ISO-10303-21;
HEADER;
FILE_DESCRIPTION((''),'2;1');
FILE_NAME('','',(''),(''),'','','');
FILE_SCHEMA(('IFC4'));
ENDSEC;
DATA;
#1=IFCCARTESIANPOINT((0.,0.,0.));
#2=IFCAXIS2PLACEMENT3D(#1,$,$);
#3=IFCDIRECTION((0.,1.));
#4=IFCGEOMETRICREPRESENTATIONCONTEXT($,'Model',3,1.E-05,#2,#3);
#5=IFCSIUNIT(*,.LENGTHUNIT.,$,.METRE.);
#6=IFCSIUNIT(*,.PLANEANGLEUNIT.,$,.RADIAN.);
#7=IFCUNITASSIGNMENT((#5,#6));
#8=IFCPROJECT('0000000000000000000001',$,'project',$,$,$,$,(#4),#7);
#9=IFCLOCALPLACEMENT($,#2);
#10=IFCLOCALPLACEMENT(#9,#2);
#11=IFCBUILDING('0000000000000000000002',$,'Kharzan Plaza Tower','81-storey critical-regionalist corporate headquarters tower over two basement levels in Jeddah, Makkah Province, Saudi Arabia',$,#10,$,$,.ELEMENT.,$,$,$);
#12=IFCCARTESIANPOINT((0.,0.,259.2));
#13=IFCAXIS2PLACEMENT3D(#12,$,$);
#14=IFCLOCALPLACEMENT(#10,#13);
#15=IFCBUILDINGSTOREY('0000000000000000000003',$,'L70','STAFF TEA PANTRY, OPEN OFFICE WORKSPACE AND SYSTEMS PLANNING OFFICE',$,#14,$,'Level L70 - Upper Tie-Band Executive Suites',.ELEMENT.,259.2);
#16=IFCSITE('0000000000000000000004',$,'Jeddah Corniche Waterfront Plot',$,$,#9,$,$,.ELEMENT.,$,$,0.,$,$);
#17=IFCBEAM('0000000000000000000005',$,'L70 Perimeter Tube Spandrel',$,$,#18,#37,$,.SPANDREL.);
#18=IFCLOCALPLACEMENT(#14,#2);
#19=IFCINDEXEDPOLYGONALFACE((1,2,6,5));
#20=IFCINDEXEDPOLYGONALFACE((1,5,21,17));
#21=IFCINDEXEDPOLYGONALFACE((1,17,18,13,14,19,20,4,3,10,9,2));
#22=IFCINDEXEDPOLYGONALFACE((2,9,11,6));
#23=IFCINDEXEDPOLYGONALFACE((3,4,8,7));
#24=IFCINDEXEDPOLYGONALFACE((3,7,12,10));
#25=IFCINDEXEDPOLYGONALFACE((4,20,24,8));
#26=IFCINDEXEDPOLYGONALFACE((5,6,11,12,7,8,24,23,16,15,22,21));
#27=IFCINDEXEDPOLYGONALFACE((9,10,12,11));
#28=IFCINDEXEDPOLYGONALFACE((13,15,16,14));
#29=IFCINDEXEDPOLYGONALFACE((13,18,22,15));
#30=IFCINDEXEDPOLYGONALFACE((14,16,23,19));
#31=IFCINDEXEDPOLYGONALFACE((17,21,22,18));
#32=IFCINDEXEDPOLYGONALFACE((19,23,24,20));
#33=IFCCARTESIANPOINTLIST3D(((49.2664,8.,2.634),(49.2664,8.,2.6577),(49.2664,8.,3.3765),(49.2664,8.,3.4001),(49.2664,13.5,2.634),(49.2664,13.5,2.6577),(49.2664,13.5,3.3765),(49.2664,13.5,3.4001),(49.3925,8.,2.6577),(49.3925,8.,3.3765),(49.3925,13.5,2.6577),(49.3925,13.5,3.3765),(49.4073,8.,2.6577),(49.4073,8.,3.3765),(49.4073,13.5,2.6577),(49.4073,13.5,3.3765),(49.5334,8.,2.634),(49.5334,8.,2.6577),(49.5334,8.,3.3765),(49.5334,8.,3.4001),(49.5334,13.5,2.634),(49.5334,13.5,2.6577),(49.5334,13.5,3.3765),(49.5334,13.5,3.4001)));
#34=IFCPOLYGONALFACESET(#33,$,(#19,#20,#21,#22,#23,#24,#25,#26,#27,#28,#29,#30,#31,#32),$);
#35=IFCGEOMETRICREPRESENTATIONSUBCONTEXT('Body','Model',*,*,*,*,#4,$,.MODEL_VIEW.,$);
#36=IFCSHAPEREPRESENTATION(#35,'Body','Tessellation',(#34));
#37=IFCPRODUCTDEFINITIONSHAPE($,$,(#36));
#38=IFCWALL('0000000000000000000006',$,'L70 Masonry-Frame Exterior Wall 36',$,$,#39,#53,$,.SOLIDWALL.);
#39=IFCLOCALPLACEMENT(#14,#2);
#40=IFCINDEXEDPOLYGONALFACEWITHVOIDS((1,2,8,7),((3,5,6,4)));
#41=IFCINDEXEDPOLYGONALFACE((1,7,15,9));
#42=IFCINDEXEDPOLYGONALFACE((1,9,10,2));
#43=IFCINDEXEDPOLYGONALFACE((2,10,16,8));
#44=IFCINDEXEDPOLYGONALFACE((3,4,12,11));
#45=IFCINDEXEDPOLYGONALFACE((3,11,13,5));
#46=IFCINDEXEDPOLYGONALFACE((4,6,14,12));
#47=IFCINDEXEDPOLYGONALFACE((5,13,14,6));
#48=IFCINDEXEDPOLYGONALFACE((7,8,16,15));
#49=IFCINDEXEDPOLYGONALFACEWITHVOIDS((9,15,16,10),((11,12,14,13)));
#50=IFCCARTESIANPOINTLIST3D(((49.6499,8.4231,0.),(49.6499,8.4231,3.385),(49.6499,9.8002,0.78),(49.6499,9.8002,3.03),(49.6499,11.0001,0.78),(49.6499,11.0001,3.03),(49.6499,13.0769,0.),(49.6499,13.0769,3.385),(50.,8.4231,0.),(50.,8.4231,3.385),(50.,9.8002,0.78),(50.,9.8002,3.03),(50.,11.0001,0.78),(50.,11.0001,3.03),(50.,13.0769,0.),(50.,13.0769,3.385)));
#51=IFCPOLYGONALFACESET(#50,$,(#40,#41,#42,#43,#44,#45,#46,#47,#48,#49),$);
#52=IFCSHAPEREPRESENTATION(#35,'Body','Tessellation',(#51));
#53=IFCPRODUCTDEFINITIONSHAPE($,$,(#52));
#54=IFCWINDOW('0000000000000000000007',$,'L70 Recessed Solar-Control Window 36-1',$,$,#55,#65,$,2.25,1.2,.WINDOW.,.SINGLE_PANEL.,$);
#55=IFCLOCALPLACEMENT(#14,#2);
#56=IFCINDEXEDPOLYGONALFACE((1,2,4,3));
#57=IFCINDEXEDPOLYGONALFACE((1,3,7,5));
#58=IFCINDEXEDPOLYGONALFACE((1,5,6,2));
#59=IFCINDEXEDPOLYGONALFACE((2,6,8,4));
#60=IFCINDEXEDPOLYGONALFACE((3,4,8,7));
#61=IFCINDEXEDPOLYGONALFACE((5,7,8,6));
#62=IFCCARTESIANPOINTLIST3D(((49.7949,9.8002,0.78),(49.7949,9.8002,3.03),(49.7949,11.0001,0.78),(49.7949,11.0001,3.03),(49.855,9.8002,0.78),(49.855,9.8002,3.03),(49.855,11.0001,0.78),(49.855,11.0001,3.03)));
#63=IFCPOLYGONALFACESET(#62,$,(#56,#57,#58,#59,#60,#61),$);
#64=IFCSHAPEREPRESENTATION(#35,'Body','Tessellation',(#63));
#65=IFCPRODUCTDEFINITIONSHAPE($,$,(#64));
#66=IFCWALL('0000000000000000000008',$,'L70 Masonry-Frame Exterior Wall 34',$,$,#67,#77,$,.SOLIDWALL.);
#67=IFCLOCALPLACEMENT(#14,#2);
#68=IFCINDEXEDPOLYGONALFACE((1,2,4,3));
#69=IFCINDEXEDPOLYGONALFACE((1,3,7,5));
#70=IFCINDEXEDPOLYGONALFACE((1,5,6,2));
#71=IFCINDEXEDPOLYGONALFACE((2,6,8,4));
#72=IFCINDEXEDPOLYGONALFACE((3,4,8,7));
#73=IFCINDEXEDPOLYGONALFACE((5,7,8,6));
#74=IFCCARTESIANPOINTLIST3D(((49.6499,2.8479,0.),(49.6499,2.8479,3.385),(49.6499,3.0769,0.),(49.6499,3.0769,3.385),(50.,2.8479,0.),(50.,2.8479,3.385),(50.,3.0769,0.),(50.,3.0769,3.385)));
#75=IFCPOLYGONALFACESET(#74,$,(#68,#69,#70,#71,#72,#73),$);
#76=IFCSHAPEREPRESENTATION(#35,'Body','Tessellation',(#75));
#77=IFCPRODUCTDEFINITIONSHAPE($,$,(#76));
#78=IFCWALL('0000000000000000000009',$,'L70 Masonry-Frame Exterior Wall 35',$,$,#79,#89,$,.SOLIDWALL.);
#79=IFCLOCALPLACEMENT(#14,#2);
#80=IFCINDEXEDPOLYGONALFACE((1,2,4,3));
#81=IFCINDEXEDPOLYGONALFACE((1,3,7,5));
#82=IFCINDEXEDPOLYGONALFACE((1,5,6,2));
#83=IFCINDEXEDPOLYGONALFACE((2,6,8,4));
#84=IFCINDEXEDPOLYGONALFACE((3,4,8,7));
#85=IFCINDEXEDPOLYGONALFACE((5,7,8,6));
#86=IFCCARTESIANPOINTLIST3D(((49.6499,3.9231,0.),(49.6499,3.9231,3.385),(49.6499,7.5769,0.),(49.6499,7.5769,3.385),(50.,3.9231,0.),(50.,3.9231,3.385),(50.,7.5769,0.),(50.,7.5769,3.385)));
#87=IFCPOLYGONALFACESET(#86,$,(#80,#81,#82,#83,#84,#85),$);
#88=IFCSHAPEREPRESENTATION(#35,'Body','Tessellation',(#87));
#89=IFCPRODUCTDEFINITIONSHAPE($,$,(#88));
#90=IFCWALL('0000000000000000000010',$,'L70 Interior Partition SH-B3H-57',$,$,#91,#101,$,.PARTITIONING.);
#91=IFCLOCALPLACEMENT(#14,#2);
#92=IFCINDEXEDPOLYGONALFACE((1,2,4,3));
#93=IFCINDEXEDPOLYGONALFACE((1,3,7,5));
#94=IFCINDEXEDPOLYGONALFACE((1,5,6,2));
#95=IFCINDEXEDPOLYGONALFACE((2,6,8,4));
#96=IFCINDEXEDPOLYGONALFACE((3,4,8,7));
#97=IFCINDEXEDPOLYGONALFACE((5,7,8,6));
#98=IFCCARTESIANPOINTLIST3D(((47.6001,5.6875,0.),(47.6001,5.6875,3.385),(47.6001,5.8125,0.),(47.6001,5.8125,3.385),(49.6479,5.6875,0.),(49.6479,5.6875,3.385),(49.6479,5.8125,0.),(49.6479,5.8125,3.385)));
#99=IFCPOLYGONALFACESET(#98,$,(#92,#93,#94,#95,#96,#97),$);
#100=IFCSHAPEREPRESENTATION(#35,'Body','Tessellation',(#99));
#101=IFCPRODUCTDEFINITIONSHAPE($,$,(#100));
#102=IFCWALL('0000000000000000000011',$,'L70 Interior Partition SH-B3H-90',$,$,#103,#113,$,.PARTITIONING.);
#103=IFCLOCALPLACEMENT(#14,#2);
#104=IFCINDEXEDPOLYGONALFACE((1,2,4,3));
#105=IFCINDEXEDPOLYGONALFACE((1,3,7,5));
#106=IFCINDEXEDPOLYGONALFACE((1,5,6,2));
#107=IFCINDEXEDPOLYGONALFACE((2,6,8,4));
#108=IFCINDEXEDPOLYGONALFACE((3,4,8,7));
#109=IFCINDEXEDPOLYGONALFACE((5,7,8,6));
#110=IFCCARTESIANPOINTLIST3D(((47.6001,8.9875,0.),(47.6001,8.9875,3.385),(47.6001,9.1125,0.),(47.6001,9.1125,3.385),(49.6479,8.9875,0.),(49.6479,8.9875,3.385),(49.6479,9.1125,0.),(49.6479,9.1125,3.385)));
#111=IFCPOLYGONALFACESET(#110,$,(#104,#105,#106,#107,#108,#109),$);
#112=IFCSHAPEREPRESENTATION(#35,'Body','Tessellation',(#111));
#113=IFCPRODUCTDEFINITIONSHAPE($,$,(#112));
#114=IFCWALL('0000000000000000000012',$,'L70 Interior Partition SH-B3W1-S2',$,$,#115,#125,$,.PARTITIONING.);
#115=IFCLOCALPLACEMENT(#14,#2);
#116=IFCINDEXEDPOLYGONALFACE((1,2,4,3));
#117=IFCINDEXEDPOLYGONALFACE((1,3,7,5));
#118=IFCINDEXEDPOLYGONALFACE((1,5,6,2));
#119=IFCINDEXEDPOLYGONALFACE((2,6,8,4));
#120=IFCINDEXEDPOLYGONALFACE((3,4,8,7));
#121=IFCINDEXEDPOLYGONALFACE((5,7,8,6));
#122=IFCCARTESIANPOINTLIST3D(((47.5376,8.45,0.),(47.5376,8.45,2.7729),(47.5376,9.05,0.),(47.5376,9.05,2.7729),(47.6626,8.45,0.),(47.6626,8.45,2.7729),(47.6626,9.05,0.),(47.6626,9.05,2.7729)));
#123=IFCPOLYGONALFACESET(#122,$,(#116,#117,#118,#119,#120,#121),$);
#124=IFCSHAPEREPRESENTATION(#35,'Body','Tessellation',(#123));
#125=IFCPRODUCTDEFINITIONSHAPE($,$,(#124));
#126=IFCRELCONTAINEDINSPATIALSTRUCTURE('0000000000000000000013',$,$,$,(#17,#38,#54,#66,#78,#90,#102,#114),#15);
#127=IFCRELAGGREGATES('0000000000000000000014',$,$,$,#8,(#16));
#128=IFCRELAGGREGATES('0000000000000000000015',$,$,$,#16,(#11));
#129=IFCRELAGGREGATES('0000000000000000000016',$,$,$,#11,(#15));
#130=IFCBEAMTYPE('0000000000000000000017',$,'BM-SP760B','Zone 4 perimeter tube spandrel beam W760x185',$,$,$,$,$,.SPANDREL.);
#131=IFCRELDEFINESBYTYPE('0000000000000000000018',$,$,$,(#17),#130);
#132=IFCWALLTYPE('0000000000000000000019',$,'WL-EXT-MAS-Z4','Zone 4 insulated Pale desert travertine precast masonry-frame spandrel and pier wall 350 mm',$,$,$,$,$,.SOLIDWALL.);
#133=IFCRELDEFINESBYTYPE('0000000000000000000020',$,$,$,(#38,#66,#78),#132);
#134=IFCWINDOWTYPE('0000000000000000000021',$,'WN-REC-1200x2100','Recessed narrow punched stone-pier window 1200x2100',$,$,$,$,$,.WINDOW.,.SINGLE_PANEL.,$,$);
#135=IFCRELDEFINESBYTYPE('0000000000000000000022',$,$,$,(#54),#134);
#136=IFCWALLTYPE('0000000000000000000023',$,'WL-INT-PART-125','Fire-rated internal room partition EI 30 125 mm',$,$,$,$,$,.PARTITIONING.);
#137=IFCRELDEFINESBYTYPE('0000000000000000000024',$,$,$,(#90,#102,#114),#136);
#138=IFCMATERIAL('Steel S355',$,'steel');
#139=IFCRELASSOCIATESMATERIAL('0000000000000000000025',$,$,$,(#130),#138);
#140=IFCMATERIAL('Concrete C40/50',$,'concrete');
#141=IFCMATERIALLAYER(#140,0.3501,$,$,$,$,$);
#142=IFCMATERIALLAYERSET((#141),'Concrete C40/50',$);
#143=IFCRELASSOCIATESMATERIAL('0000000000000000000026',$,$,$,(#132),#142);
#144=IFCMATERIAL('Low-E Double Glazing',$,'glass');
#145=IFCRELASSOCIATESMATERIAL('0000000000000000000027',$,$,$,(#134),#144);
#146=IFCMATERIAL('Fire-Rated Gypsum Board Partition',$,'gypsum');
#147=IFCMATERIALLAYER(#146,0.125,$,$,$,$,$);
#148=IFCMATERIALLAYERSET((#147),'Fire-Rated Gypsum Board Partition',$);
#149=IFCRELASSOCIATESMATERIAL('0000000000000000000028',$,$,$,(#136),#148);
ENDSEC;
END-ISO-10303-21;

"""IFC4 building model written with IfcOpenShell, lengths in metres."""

from ifc_helpers import new_model, si_unit, direction, frame, frame_2d, origin, origin_2d, place, context, subcontext, project, spatial, rectangle, i_section, extrude, source, transform, mapped, material, layer, layer_set, material_profile, profile_set, type_object, element, fill, save


model = new_model("IFC4")

# Units and contexts
model_context = context("Model", 3, precision=1e-05, world=origin(), true_north=direction((0.0, 1.0)))
body_context = subcontext(model_context, "Body", "Model", "MODEL_VIEW")
ifc_project = project(units=[si_unit("LENGTHUNIT", "METRE"), si_unit("PLANEANGLEUNIT", "RADIAN")], contexts=[model_context])

# Site, building, storey
site_placement = place(None, origin())
site = spatial("IfcSite", under=ifc_project, at=site_placement, Name="Jeddah Corniche Waterfront Plot", CompositionType="ELEMENT", RefElevation=0.0)
building_placement = place(site_placement, origin())
building = spatial("IfcBuilding", under=site, at=building_placement, Name="Kharzan Plaza Tower", Description="81-storey critical-regionalist corporate headquarters tower over two basement levels in Jeddah, Makkah Province, Saudi Arabia", CompositionType="ELEMENT")
storey_placement = place(building_placement, frame((0.0, 0.0, 259.2)))
storey = spatial("IfcBuildingStorey", under=building, at=storey_placement, Name="L70", Description="STAFF TEA PANTRY, OPEN OFFICE WORKSPACE AND SYSTEMS PLANNING OFFICE", LongName="Level L70 - Upper Tie-Band Executive Suites", CompositionType="ELEMENT", Elevation=259.2)

# Beam
ifc_material_1 = material(Name="Steel S355", Category="steel")
ifc_material_profile_1 = material_profile(ifc_material_1, i_section(OverallWidth=0.2671, OverallDepth=0.7661, WebThickness=0.0149, FlangeThickness=0.0237, at=origin_2d()), Name="W760x185")
ifc_profile_set_1 = profile_set([ifc_material_profile_1], Name="Steel S355")
beam_type_1 = type_object("IfcBeamType", Name="BM-SP760B", Description="Zone 4 perimeter tube spandrel beam W760x185", PredefinedType="SPANDREL", material=ifc_profile_set_1)
shared_shape_1 = source(origin(), body_context, "Body", "SweptSolid", [
    extrude(i_section(OverallWidth=0.2671, OverallDepth=0.7661, WebThickness=0.0149, FlangeThickness=0.0237, at=origin_2d()), origin(), (0.0, 0.0, 1.0), 5.5),
])
beam_1_placement = place(storey_placement, frame((49.3999, 8.0, 3.0171), z_axis=(0.0, 1.0, 0.0), x_axis=(-1.0, 0.0, 0.0)))
element("IfcBeam", 1, at=beam_1_placement, inside=storey, type_object=beam_type_1, Name="L70 Perimeter Tube Spandrel", PredefinedType="SPANDREL", context=body_context, shape_type="MappedRepresentation", body=[
    mapped(shared_shape_1, transform((0.0, 0.0, 0.0), x_axis=(1.0, 0.0, 0.0), y_axis=(0.0, 1.0, 0.0), z_axis=(0.0, 0.0, 1.0))),
])

# Wall, opening, window
ifc_material_2 = material(Name="Concrete C40/50", Category="concrete")
ifc_layer_1 = layer(ifc_material_2, 0.3501)
ifc_layer_set_1 = layer_set([ifc_layer_1], Name="Concrete C40/50")
wall_type_1 = type_object("IfcWallType", Name="WL-EXT-MAS-Z4", Description="Zone 4 insulated Pale desert travertine precast masonry-frame spandrel and pier wall 350 mm", PredefinedType="SOLIDWALL", material=ifc_layer_set_1)
wall_1_placement = place(storey_placement, frame((49.825, 8.4231, 0.0), z_axis=(0.0, 0.0, 1.0), x_axis=(0.0, 1.0, 0.0)))
wall_1 = element("IfcWall", 2, at=wall_1_placement, inside=storey, type_object=wall_type_1, Name="L70 Masonry-Frame Exterior Wall 36", PredefinedType="SOLIDWALL", context=body_context, shape_type="SweptSolid", body=[
    extrude(rectangle(XDim=4.6538, YDim=0.3501, at=frame_2d((2.3269, 0.0))), origin(), (0.0, 0.0, 1.0), 3.385),
])
opening_1_placement = place(wall_1_placement, frame((1.377, 0.0, 0.78)))
opening_1 = element("IfcOpeningElement", 3, at=opening_1_placement, cuts=wall_1, PredefinedType="OPENING", context=body_context, shape_type="SweptSolid", body=[
    extrude(rectangle(XDim=1.2, YDim=2.25, at=frame_2d((0.6001, 1.125))), frame((0.0, 0.1851, 0.0), z_axis=(0.0, -1.0, 0.0), x_axis=(1.0, 0.0, 0.0)), (0.0, 0.0, 1.0), 0.3701),
])
ifc_material_3 = material(Name="Low-E Double Glazing", Category="glass")
window_type = type_object("IfcWindowType", Name="WN-REC-1200x2100", Description="Recessed narrow punched stone-pier window 1200x2100", PartitioningType="SINGLE_PANEL", PredefinedType="WINDOW", material=ifc_material_3)
shared_shape_2 = source(origin(), body_context, "Body", "SweptSolid", [
    extrude(rectangle(XDim=1.2, YDim=2.25, at=frame_2d((0.6001, 1.125))), frame((0.0, 0.03, 0.0), z_axis=(0.0, -1.0, 0.0), x_axis=(1.0, 0.0, 0.0)), (0.0, 0.0, 1.0), 0.0601),
])
window_placement = place(opening_1_placement, origin())
window = element("IfcWindow", 4, at=window_placement, inside=storey, type_object=window_type, Name="L70 Recessed Solar-Control Window 36-1", OverallHeight=2.25, OverallWidth=1.2, PartitioningType="SINGLE_PANEL", PredefinedType="WINDOW", context=body_context, shape_type="MappedRepresentation", body=[
    mapped(shared_shape_2, transform((0.0, 0.0, 0.0), x_axis=(1.0, 0.0, 0.0), y_axis=(0.0, 1.0, 0.0), z_axis=(0.0, 0.0, 1.0))),
])
fill(opening_1, window)

# Shared definitions
ifc_material_4 = material(Name="Fire-Rated Gypsum Board Partition", Category="gypsum")
ifc_layer_2 = layer(ifc_material_4, 0.125)
ifc_layer_set_2 = layer_set([ifc_layer_2], Name="Fire-Rated Gypsum Board Partition")
wall_type_2 = type_object("IfcWallType", Name="WL-INT-PART-125", Description="Fire-rated internal room partition EI 30 125 mm", PredefinedType="PARTITIONING", material=ifc_layer_set_2)

# Walls
shared_shape_3 = source(origin(), body_context, "Body", "SweptSolid", [
    extrude(rectangle(XDim=0.229, YDim=0.3501, at=frame_2d((0.1145, 0.0))), origin(), (0.0, 0.0, 1.0), 3.385),
])
wall_2_placement = place(storey_placement, frame((49.825, 2.8479, 0.0), z_axis=(0.0, 0.0, 1.0), x_axis=(0.0, 1.0, 0.0)))
element("IfcWall", 5, at=wall_2_placement, inside=storey, type_object=wall_type_1, Name="L70 Masonry-Frame Exterior Wall 34", PredefinedType="SOLIDWALL", context=body_context, shape_type="MappedRepresentation", body=[
    mapped(shared_shape_3, transform((0.0, 0.0, 0.0), x_axis=(1.0, 0.0, 0.0), y_axis=(0.0, 1.0, 0.0), z_axis=(0.0, 0.0, 1.0))),
])
shared_shape_4 = source(origin(), body_context, "Body", "SweptSolid", [
    extrude(rectangle(XDim=3.6538, YDim=0.3501, at=frame_2d((1.8269, 0.0))), origin(), (0.0, 0.0, 1.0), 3.385),
])
wall_3_placement = place(storey_placement, frame((49.825, 3.9231, 0.0), z_axis=(0.0, 0.0, 1.0), x_axis=(0.0, 1.0, 0.0)))
element("IfcWall", 6, at=wall_3_placement, inside=storey, type_object=wall_type_1, Name="L70 Masonry-Frame Exterior Wall 35", PredefinedType="SOLIDWALL", context=body_context, shape_type="MappedRepresentation", body=[
    mapped(shared_shape_4, transform((0.0, 0.0, 0.0), x_axis=(1.0, 0.0, 0.0), y_axis=(0.0, 1.0, 0.0), z_axis=(0.0, 0.0, 1.0))),
])
shared_shape_5 = source(origin(), body_context, "Body", "SweptSolid", [
    extrude(rectangle(XDim=2.0479, YDim=0.125, at=frame_2d((1.0239, 0.0))), origin(), (0.0, 0.0, 1.0), 3.385),
])
for number, where, z_axis, x_axis, name in (
    (7, (47.6001, 5.75, 0.0), (0.0, 0.0, 1.0), (1.0, 0.0, 0.0), "L70 Interior Partition SH-B3H-57"),
    (8, (47.6001, 9.05, 0.0), (0.0, 0.0, 1.0), (1.0, 0.0, 0.0), "L70 Interior Partition SH-B3H-90"),
):
    element("IfcWall", number, at=place(storey_placement, frame(where, z_axis=z_axis, x_axis=x_axis)), inside=storey, type_object=wall_type_2, Name=name, PredefinedType="PARTITIONING", context=body_context, shape_type="MappedRepresentation", body=[
        mapped(shared_shape_5, transform((0.0, 0.0, 0.0), x_axis=(1.0, 0.0, 0.0), y_axis=(0.0, 1.0, 0.0), z_axis=(0.0, 0.0, 1.0))),
    ])
shared_shape_6 = source(origin(), body_context, "Body", "SweptSolid", [
    extrude(rectangle(XDim=0.6001, YDim=0.125, at=frame_2d((0.3, 0.0))), origin(), (0.0, 0.0, 1.0), 2.7729),
])
wall_4_placement = place(storey_placement, frame((47.6001, 8.45, 0.0), z_axis=(0.0, 0.0, 1.0), x_axis=(0.0, 1.0, 0.0)))
element("IfcWall", 9, at=wall_4_placement, inside=storey, type_object=wall_type_2, Name="L70 Interior Partition SH-B3W1-S2", PredefinedType="PARTITIONING", context=body_context, shape_type="MappedRepresentation", body=[
    mapped(shared_shape_6, transform((0.0, 0.0, 0.0), x_axis=(1.0, 0.0, 0.0), y_axis=(0.0, 1.0, 0.0), z_axis=(0.0, 0.0, 1.0))),
])

save(model, "model.ifc")
